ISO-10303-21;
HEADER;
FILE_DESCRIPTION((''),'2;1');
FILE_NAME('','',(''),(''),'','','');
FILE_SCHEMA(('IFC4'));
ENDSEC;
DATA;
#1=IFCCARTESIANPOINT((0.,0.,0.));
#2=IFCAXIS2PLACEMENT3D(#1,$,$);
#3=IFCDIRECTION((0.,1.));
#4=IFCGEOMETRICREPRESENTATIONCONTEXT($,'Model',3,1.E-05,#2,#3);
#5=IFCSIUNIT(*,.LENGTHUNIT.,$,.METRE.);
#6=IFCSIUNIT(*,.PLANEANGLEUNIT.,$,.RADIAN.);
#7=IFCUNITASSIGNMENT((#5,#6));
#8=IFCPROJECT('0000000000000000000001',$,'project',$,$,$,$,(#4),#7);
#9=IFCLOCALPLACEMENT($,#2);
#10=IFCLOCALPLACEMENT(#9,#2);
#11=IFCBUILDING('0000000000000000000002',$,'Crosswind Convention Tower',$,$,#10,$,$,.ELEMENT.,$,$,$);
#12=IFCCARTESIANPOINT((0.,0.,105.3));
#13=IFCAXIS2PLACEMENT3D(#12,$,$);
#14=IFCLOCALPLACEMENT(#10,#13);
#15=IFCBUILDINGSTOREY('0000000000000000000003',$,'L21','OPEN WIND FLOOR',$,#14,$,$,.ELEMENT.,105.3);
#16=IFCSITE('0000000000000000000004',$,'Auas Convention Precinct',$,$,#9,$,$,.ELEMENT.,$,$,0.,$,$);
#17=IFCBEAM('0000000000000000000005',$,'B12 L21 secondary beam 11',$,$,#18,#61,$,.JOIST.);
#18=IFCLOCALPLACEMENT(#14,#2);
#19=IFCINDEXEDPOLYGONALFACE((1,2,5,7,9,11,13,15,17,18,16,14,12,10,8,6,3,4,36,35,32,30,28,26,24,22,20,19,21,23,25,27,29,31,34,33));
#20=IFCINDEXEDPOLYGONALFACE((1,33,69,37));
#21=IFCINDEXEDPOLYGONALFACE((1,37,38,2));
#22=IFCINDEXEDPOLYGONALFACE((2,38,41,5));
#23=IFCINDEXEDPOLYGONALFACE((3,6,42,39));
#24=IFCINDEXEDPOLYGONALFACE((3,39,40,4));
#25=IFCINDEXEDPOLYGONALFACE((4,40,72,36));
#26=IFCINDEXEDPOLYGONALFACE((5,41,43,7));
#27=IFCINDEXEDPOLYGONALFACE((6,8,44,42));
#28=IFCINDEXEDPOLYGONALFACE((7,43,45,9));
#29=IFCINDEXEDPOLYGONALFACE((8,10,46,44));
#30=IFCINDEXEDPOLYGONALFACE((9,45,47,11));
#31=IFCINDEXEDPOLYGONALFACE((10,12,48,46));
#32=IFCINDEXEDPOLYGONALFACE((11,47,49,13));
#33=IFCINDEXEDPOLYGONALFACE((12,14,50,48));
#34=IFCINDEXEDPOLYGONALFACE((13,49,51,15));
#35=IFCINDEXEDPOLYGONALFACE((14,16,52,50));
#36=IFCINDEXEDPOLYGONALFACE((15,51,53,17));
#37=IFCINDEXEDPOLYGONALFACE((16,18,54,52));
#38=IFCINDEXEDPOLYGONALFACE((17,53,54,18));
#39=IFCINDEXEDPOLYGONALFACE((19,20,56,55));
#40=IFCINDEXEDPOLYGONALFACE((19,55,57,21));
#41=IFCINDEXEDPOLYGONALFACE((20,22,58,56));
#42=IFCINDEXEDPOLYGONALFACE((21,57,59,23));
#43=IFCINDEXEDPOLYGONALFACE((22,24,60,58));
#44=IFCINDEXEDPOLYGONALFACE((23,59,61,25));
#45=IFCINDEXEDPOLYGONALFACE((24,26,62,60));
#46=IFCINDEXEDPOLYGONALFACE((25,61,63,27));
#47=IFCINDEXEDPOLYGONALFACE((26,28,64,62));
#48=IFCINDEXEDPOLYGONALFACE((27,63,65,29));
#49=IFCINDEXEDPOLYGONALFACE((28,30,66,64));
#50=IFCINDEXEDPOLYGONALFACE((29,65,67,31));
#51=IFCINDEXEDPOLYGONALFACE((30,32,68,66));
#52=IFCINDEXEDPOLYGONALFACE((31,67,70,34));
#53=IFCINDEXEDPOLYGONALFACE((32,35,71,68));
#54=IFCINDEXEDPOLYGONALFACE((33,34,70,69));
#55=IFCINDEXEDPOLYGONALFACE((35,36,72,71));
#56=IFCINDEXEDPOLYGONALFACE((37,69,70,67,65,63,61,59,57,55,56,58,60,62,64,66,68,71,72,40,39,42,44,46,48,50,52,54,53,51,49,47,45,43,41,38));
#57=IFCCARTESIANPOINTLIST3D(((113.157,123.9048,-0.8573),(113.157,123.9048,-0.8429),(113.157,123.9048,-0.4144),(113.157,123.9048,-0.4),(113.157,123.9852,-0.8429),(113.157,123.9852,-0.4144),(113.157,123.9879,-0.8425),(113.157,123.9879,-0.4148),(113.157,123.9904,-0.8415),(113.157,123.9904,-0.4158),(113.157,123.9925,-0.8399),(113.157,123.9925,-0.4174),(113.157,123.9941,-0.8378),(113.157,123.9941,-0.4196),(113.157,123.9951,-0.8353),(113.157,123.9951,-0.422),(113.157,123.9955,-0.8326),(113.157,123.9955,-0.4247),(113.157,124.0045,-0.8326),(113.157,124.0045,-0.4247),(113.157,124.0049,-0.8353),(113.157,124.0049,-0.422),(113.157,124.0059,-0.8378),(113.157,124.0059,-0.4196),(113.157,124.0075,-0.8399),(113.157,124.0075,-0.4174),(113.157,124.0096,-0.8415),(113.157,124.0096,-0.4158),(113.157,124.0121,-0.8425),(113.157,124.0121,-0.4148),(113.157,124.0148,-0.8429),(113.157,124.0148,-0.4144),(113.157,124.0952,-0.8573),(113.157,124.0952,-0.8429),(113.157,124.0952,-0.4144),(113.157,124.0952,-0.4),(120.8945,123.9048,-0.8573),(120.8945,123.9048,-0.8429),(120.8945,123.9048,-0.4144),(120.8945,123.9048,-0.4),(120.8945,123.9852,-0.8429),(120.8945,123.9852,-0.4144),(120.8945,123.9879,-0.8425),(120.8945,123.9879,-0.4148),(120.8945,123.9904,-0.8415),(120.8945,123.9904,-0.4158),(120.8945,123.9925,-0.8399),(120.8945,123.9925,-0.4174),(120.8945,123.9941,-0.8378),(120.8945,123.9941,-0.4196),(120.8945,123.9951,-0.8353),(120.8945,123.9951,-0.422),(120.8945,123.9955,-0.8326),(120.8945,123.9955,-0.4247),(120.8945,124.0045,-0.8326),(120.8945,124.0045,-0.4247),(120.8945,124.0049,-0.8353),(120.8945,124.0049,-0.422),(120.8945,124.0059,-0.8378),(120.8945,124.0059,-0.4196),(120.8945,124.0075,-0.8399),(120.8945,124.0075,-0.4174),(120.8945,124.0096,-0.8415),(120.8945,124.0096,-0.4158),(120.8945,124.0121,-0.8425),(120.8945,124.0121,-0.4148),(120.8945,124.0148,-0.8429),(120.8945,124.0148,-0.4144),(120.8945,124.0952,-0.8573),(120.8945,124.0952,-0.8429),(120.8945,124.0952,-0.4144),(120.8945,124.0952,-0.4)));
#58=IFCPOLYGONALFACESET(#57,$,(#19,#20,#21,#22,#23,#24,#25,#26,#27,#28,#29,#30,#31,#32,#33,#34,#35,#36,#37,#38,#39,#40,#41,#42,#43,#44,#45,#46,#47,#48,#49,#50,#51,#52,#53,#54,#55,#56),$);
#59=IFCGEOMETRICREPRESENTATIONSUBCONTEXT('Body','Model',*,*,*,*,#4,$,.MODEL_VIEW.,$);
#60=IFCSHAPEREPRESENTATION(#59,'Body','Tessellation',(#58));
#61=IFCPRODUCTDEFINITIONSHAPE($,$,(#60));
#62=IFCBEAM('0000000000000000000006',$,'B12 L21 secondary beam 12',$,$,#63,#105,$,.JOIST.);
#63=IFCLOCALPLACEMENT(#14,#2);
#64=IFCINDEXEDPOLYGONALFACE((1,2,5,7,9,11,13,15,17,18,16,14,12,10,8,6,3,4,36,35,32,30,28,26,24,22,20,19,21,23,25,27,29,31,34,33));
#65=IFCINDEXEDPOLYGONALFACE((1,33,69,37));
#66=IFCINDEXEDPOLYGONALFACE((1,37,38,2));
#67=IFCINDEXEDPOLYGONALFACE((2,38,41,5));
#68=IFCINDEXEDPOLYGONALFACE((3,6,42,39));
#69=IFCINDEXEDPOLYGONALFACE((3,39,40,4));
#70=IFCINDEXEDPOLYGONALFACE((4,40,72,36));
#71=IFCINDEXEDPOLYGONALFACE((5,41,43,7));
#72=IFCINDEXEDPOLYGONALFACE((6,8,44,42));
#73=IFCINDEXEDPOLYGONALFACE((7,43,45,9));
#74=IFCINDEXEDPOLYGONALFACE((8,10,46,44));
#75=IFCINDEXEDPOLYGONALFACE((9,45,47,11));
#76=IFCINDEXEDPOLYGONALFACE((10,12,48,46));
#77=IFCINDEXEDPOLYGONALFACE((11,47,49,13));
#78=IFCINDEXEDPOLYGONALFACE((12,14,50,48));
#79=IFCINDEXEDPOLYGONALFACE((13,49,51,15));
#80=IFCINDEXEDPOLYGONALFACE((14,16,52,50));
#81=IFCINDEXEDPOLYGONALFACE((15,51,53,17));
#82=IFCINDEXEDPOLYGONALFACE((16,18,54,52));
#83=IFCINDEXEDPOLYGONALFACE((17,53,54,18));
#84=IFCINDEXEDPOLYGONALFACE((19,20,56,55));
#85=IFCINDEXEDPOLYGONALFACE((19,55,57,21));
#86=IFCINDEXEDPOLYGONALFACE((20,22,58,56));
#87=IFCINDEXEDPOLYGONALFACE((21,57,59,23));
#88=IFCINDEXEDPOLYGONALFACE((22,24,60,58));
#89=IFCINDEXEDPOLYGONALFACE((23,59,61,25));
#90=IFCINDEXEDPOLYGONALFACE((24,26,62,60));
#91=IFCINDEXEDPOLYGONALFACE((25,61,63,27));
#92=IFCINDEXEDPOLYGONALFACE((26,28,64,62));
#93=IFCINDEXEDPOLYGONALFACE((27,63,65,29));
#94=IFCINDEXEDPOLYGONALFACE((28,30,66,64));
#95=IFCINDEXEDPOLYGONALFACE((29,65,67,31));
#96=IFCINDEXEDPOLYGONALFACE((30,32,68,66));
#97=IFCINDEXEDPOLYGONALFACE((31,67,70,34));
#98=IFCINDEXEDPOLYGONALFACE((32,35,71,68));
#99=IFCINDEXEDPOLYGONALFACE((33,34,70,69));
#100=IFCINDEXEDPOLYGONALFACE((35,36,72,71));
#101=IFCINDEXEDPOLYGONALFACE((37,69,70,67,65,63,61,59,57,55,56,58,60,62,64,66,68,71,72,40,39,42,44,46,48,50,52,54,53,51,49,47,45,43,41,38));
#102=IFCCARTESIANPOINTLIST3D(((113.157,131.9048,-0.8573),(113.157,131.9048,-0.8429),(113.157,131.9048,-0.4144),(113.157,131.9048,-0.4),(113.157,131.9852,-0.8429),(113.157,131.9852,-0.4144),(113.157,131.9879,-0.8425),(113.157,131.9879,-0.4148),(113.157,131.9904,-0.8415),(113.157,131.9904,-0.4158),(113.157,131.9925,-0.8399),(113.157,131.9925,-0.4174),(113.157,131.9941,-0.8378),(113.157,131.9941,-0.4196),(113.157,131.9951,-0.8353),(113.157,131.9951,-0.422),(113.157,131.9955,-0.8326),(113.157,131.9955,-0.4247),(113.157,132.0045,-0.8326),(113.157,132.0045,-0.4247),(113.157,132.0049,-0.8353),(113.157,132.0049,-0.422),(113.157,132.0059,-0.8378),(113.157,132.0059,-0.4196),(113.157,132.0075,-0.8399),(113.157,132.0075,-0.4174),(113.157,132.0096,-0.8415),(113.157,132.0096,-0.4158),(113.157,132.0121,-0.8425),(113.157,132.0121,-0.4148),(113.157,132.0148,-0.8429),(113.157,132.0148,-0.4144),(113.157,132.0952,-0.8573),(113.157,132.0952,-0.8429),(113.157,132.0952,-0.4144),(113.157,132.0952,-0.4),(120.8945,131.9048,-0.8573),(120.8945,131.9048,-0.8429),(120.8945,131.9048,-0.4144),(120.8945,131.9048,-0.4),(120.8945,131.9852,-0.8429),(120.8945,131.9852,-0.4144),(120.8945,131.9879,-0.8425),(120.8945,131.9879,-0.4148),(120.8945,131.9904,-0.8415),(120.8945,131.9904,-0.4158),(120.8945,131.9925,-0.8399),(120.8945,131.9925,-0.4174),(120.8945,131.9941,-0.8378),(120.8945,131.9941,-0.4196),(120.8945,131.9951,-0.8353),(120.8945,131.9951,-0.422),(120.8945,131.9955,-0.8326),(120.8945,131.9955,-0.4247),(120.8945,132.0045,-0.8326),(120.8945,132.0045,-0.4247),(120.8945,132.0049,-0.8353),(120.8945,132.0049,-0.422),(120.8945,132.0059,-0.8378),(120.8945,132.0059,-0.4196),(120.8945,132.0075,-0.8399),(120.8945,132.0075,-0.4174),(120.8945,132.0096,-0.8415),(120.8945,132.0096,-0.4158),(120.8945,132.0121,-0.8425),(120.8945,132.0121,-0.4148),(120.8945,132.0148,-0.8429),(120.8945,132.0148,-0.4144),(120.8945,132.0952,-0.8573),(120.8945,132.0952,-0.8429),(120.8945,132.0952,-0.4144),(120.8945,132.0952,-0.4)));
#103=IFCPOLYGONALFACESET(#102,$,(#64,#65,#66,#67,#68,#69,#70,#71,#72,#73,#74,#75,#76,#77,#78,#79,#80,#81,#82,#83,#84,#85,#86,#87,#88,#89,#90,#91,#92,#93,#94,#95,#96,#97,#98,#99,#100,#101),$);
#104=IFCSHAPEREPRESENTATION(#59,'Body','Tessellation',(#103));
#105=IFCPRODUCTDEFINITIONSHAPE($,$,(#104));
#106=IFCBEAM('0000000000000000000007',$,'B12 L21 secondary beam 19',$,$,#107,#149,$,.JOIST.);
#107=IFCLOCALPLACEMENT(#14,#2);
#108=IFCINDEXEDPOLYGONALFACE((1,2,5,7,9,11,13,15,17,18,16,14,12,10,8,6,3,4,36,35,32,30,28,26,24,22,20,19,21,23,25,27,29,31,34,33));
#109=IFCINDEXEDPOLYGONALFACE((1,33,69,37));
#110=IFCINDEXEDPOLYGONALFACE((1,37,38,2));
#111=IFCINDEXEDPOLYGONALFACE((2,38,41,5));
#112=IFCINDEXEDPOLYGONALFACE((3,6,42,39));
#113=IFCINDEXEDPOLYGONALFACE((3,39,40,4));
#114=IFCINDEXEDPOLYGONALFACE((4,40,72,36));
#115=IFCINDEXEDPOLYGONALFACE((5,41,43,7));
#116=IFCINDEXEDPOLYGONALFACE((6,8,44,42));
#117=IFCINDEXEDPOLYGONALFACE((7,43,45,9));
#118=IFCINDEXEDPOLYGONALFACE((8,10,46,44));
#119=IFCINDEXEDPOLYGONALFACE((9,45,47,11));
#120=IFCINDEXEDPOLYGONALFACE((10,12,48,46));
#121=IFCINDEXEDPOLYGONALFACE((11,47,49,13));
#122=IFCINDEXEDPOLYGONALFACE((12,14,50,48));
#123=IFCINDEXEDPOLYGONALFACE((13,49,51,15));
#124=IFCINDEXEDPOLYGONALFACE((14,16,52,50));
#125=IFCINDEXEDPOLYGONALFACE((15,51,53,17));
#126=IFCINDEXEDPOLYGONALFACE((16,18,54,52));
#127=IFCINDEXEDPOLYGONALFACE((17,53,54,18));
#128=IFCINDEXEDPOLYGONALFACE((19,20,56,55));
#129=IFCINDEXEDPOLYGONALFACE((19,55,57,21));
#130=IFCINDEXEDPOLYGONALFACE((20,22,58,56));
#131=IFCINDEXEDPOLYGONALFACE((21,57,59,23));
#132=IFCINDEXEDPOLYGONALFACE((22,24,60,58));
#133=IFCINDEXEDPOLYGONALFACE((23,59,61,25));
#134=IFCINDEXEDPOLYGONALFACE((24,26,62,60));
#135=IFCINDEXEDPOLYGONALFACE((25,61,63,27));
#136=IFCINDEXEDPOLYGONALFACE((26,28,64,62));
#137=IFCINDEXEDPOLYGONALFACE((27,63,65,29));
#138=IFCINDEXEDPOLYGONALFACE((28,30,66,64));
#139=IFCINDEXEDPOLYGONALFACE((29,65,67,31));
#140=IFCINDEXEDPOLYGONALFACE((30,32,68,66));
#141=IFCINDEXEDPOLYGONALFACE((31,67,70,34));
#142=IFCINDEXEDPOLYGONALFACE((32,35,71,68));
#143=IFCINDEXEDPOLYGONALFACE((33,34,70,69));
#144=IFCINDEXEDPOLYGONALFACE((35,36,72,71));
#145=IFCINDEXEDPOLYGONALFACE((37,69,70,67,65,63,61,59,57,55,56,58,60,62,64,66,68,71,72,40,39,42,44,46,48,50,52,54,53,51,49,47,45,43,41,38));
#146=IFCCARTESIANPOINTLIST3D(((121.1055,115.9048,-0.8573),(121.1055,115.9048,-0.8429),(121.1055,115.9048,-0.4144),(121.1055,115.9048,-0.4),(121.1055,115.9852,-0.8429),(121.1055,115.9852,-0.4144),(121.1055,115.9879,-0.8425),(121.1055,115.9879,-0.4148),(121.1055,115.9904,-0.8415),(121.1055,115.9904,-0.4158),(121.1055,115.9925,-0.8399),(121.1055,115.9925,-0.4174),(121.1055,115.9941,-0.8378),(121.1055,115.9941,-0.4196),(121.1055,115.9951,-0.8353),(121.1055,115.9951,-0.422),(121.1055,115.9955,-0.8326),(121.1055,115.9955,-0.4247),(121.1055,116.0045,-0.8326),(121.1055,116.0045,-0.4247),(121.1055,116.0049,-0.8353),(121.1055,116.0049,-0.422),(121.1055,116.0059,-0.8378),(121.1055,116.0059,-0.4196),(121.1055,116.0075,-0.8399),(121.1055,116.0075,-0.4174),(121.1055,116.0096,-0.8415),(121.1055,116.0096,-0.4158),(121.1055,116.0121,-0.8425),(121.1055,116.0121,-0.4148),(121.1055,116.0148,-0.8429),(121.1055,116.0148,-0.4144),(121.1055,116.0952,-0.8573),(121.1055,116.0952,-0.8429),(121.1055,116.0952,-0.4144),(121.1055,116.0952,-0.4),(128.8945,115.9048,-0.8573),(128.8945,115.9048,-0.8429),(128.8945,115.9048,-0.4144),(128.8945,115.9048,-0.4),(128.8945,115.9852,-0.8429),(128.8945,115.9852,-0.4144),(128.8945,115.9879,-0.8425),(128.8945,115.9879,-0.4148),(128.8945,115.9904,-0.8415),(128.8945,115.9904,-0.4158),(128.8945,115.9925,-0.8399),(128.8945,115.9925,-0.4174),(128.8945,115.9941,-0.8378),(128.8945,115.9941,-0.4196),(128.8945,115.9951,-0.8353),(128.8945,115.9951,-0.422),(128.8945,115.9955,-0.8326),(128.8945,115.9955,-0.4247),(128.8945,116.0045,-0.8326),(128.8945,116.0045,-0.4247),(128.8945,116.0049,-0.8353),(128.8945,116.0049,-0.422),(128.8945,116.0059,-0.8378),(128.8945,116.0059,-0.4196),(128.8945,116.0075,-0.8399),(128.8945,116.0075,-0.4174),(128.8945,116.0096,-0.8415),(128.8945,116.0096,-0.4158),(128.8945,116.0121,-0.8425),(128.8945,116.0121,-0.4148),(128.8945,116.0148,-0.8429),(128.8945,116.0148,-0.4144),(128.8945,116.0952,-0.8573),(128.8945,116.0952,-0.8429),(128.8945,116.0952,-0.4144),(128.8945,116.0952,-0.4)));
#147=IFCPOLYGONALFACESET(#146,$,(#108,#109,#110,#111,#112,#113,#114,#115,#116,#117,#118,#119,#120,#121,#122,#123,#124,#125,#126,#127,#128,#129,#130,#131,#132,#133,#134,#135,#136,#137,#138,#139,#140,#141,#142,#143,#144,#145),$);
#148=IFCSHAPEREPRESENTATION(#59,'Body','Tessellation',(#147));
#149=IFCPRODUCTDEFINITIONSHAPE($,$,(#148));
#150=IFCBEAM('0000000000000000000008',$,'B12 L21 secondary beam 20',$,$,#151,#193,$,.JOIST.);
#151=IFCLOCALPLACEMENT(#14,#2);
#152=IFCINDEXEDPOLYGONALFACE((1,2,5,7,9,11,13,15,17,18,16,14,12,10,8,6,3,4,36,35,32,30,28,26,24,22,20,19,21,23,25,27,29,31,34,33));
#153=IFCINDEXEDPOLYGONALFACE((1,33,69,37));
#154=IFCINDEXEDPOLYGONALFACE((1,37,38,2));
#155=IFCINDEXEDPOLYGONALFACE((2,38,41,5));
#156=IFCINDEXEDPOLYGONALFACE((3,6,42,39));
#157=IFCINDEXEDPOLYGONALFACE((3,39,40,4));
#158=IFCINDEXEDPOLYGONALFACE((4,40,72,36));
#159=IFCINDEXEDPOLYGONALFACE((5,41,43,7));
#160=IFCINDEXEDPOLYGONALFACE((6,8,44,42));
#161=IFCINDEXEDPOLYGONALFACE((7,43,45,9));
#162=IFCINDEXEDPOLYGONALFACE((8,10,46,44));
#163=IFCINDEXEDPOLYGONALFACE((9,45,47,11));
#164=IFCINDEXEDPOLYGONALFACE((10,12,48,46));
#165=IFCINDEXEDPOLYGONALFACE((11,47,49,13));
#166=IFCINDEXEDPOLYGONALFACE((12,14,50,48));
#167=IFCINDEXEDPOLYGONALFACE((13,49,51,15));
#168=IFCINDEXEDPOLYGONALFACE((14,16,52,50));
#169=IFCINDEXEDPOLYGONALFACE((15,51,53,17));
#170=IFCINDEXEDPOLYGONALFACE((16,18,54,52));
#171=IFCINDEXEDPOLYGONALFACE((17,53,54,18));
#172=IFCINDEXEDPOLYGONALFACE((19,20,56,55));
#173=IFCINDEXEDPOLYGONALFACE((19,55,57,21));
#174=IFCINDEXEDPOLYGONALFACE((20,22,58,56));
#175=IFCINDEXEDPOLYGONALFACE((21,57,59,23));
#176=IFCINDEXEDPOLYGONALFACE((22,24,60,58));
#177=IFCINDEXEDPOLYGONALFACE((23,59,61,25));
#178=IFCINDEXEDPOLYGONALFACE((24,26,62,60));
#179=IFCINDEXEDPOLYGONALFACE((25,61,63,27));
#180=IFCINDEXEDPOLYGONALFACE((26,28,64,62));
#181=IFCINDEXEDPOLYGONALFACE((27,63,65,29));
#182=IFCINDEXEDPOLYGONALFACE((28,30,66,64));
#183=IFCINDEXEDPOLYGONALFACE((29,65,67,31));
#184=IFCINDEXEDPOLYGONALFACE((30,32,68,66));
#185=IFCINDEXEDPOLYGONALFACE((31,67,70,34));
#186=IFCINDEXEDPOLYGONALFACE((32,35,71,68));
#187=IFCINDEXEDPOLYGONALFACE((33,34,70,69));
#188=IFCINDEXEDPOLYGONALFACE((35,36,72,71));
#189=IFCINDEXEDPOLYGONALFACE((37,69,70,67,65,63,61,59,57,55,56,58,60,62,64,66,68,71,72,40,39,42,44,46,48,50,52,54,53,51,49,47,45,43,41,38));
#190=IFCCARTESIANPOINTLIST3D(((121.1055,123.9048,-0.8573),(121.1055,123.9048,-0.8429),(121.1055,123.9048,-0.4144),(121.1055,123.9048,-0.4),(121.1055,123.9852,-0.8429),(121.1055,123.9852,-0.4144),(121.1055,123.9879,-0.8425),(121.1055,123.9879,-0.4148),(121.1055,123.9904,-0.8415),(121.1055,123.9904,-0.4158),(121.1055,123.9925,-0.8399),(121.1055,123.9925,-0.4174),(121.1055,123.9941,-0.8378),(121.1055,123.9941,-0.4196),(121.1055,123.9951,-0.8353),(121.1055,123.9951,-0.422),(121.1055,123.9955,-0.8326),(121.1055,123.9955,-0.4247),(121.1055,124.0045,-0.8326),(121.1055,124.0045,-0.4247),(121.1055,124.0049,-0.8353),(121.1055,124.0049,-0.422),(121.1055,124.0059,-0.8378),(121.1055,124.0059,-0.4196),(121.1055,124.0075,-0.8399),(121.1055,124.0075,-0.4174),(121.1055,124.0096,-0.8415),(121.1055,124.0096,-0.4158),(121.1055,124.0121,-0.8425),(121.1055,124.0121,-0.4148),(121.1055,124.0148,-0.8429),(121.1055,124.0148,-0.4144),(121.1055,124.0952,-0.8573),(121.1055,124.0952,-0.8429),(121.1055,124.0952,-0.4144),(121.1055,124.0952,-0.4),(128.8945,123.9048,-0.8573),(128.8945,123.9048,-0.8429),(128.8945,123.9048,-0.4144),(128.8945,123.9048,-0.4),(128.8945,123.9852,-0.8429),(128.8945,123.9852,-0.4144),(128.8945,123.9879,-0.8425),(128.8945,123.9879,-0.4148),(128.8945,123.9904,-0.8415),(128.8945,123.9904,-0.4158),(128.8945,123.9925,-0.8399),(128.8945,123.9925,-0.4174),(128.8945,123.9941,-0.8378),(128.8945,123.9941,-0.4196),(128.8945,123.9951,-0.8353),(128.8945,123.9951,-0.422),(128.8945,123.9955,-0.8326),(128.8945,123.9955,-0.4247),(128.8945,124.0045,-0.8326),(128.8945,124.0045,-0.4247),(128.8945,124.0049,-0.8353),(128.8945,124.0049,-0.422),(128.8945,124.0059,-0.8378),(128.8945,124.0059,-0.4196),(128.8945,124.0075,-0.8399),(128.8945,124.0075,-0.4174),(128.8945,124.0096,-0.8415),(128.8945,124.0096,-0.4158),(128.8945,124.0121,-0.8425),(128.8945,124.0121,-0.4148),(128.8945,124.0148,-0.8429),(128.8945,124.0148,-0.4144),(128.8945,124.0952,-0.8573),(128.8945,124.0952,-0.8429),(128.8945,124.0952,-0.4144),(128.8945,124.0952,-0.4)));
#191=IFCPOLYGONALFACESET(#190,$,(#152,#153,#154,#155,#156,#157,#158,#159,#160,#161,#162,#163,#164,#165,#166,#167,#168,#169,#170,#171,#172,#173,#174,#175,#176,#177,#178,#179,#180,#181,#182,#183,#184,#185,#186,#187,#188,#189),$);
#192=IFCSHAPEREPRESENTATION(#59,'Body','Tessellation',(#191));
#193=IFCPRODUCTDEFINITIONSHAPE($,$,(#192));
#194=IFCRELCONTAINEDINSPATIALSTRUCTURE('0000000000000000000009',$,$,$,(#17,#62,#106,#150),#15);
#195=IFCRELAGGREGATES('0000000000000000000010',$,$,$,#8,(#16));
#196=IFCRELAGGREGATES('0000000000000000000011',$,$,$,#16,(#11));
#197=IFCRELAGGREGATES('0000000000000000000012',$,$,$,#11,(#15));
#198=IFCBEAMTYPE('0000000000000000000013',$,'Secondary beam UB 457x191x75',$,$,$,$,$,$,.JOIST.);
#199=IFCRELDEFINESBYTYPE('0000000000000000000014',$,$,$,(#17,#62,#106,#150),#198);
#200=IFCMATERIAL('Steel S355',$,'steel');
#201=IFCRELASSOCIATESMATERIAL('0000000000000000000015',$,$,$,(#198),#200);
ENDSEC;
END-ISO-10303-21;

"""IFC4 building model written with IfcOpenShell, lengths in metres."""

from ifc_helpers import new_model, si_unit, direction, frame, origin, origin_2d, place, context, subcontext, project, spatial, i_section, extrude, material, material_profile, profile_set, type_object, element, save


model = new_model("IFC4")

# Units and contexts
model_context = context("Model", 3, precision=1e-05, world=origin(), true_north=direction((0.0, 1.0)))
body_context = subcontext(model_context, "Body", "Model", "MODEL_VIEW")
ifc_project = project(units=[si_unit("LENGTHUNIT", "METRE"), si_unit("PLANEANGLEUNIT", "RADIAN")], contexts=[model_context])

# Site, building, storey
site_placement = place(None, origin())
site = spatial("IfcSite", under=ifc_project, at=site_placement, Name="Auas Convention Precinct", CompositionType="ELEMENT", RefElevation=0.0)
building_placement = place(site_placement, origin())
building = spatial("IfcBuilding", under=site, at=building_placement, Name="Crosswind Convention Tower", CompositionType="ELEMENT")
storey_placement = place(building_placement, frame((0.0, 0.0, 105.3)))
storey = spatial("IfcBuildingStorey", under=building, at=storey_placement, Name="L21", Description="OPEN WIND FLOOR", CompositionType="ELEMENT", Elevation=105.3)

# Beams
ifc_material_1 = material(Name="Steel S355", Category="steel")
ifc_material_profile_1 = material_profile(ifc_material_1, i_section(OverallWidth=0.1904, OverallDepth=0.4573, WebThickness=0.009, FlangeThickness=0.0144, FilletRadius=0.0103, at=origin_2d()), Name="UB 457x191x75")
ifc_profile_set_1 = profile_set([ifc_material_profile_1], Name="Steel S355")
beam_type_1 = type_object("IfcBeamType", Name="Secondary beam UB 457x191x75", PredefinedType="JOIST", material=ifc_profile_set_1)
for number, where, z_axis, x_axis, name in (
    (1, (113.157, 124.0, -0.6287), (1.0, 0.0, 0.0), (0.0, 1.0, 0.0), "B12 L21 secondary beam 11"),
    (2, (113.157, 132.0, -0.6287), (1.0, 0.0, 0.0), (0.0, 1.0, 0.0), "B12 L21 secondary beam 12"),
):
    element("IfcBeam", number, at=place(storey_placement, frame(where, z_axis=z_axis, x_axis=x_axis)), inside=storey, type_object=beam_type_1, Name=name, PredefinedType="JOIST", context=body_context, shape_type="SweptSolid", body=[
        extrude(i_section(OverallWidth=0.1904, OverallDepth=0.4573, WebThickness=0.009, FlangeThickness=0.0144, FilletRadius=0.0103, at=origin_2d()), origin(), (0.0, 0.0, 1.0), 7.7375),
    ])
for number, where, z_axis, x_axis, name in (
    (3, (121.1055, 116.0, -0.6287), (1.0, 0.0, 0.0), (0.0, 1.0, 0.0), "B12 L21 secondary beam 19"),
    (4, (121.1055, 124.0, -0.6287), (1.0, 0.0, 0.0), (0.0, 1.0, 0.0), "B12 L21 secondary beam 20"),
):
    element("IfcBeam", number, at=place(storey_placement, frame(where, z_axis=z_axis, x_axis=x_axis)), inside=storey, type_object=beam_type_1, Name=name, PredefinedType="JOIST", context=body_context, shape_type="SweptSolid", body=[
        extrude(i_section(OverallWidth=0.1904, OverallDepth=0.4573, WebThickness=0.009, FlangeThickness=0.0144, FilletRadius=0.0103, at=origin_2d()), origin(), (0.0, 0.0, 1.0), 7.7891),
    ])

save(model, "model.ifc")
